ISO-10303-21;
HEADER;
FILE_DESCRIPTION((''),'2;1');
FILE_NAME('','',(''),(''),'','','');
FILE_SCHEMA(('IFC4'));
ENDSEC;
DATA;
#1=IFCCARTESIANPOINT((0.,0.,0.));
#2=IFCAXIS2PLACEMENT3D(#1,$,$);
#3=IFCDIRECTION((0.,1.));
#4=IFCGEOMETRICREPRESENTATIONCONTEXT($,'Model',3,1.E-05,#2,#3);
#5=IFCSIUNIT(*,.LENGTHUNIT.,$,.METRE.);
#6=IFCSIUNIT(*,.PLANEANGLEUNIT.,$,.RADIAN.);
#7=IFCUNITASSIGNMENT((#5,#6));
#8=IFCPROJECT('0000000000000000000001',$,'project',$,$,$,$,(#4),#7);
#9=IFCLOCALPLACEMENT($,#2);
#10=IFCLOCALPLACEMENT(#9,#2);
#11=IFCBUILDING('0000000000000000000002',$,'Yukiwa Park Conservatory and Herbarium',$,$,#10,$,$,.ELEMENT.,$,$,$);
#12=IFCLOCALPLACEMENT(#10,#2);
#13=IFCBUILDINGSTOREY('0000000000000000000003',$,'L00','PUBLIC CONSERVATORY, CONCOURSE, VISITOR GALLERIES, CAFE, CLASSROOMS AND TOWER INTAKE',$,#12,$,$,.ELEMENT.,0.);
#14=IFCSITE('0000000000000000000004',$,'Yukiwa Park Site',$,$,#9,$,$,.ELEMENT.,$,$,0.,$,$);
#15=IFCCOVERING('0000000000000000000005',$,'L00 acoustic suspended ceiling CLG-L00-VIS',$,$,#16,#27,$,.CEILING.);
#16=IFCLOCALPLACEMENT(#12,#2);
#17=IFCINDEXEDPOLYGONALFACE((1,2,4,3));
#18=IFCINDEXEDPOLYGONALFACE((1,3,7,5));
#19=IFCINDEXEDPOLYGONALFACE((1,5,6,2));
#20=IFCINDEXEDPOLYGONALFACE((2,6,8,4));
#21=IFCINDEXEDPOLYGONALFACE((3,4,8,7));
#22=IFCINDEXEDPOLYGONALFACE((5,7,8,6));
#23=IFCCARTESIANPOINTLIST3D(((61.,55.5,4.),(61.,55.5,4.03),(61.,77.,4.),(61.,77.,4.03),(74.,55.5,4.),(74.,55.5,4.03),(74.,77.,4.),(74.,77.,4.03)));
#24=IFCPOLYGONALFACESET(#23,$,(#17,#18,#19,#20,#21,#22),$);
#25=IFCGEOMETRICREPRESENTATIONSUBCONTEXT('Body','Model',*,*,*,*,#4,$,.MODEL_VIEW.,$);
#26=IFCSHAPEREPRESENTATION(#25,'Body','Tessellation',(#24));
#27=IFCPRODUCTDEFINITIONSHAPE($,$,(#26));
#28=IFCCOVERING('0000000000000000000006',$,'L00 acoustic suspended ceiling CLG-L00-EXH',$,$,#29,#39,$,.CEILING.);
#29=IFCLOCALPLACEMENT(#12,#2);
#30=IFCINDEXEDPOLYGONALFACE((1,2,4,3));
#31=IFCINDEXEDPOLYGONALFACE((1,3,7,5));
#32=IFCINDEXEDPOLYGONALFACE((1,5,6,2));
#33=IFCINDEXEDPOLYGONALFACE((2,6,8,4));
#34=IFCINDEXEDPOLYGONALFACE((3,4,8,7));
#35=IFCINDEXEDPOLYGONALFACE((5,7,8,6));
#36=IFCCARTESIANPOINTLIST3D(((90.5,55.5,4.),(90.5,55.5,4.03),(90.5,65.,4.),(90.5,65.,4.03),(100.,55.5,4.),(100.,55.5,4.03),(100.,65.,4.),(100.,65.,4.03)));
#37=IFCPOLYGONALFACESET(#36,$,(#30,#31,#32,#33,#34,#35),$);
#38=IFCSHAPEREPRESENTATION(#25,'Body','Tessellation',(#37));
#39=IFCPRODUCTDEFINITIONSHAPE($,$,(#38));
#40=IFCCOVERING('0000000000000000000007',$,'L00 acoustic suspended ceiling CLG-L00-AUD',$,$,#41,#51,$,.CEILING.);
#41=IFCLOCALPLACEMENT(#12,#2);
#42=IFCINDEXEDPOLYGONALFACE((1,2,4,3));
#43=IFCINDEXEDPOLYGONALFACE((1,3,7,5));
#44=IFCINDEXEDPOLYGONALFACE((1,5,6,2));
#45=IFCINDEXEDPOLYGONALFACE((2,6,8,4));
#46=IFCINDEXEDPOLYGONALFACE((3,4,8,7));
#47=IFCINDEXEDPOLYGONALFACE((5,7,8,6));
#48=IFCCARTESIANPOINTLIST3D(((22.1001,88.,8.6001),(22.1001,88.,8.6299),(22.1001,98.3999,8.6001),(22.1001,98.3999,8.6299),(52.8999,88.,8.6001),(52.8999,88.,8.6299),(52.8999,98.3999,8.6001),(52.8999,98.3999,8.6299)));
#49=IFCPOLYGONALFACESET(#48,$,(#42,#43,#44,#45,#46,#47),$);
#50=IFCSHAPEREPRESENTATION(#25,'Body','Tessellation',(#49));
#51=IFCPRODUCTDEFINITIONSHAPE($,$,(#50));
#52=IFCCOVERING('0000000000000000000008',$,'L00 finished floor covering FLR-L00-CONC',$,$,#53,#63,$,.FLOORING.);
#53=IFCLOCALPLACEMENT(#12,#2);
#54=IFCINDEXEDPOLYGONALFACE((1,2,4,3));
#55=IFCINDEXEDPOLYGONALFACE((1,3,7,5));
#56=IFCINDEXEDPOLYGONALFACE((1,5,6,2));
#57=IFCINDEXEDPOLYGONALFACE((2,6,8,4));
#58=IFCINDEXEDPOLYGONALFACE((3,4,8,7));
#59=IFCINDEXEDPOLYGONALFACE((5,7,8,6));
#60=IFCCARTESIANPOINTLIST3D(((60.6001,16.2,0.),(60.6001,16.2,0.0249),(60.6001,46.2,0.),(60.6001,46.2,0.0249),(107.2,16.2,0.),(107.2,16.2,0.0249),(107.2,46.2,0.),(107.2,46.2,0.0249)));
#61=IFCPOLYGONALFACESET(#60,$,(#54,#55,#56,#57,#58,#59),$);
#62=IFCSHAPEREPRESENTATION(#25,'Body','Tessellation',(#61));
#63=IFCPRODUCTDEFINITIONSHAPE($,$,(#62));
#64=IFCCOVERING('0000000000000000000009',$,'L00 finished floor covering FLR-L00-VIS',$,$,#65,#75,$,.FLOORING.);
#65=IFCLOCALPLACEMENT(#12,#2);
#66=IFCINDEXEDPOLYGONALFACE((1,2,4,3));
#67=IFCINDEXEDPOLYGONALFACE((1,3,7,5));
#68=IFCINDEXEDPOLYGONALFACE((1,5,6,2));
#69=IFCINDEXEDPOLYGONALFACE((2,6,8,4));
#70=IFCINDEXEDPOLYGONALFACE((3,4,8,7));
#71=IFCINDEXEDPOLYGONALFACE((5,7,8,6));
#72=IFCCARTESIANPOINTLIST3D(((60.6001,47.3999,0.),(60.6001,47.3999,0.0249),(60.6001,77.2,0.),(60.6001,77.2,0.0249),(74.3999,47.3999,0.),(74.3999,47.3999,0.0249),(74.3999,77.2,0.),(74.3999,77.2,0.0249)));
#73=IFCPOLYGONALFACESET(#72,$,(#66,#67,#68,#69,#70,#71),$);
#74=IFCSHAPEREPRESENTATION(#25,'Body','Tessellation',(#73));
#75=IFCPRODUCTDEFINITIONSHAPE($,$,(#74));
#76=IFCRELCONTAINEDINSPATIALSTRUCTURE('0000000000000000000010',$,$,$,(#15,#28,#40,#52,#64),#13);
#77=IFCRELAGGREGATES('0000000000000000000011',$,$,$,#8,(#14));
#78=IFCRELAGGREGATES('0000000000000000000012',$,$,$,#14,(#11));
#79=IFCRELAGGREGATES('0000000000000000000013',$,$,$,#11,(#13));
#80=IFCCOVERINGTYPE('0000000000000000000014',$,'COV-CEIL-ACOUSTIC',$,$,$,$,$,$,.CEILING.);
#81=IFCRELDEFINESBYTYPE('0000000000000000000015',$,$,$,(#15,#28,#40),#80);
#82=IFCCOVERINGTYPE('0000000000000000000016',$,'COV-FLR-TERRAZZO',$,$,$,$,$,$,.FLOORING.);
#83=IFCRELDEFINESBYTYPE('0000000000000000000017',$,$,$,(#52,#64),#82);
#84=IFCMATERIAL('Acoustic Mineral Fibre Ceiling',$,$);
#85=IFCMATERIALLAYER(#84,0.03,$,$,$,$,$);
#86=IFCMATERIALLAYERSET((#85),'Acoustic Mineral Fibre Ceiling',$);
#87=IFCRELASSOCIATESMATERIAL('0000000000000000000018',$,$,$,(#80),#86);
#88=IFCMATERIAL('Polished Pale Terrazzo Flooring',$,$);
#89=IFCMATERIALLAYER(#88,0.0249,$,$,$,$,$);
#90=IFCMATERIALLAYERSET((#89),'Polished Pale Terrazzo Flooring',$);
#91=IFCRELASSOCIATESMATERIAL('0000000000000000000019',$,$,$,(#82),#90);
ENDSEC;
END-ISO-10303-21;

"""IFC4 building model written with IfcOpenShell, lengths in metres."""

from ifc_helpers import new_model, si_unit, direction, frame, origin, place, context, subcontext, project, spatial, polyline, outline, extrude, material, layer, layer_set, type_object, element, save


model = new_model("IFC4")

# Units and contexts
model_context = context("Model", 3, precision=1e-05, world=origin(), true_north=direction((0.0, 1.0)))
body_context = subcontext(model_context, "Body", "Model", "MODEL_VIEW")
ifc_project = project(units=[si_unit("LENGTHUNIT", "METRE"), si_unit("PLANEANGLEUNIT", "RADIAN")], contexts=[model_context])

# Site, building, storey
site_placement = place(None, origin())
site = spatial("IfcSite", under=ifc_project, at=site_placement, Name="Yukiwa Park Site", CompositionType="ELEMENT", RefElevation=0.0)
building_placement = place(site_placement, origin())
building = spatial("IfcBuilding", under=site, at=building_placement, Name="Yukiwa Park Conservatory and Herbarium", CompositionType="ELEMENT")
storey_placement = place(building_placement, origin())
storey = spatial("IfcBuildingStorey", under=building, at=storey_placement, Name="L00", Description="PUBLIC CONSERVATORY, CONCOURSE, VISITOR GALLERIES, CAFE, CLASSROOMS AND TOWER INTAKE", CompositionType="ELEMENT", Elevation=0.0)

# Coverings
ifc_material_1 = material(Name="Acoustic Mineral Fibre Ceiling")
ifc_layer_1 = layer(ifc_material_1, 0.03)
ifc_layer_set_1 = layer_set([ifc_layer_1], Name="Acoustic Mineral Fibre Ceiling")
covering_type_1 = type_object("IfcCoveringType", Name="COV-CEIL-ACOUSTIC", PredefinedType="CEILING", material=ifc_layer_set_1)
covering_1_placement = place(storey_placement, frame((0.0, 0.0, 4.0)))
element("IfcCovering", 1, at=covering_1_placement, inside=storey, type_object=covering_type_1, Name="L00 acoustic suspended ceiling CLG-L00-VIS", PredefinedType="CEILING", context=body_context, shape_type="SweptSolid", body=[
    extrude(outline(polyline([(61.0, 55.5), (74.0, 55.5), (74.0, 77.0), (61.0, 77.0), (61.0, 55.5)])), origin(), (0.0, 0.0, 1.0), 0.03),
])
covering_2_placement = place(storey_placement, frame((0.0, 0.0, 4.0)))
element("IfcCovering", 2, at=covering_2_placement, inside=storey, type_object=covering_type_1, Name="L00 acoustic suspended ceiling CLG-L00-EXH", PredefinedType="CEILING", context=body_context, shape_type="SweptSolid", body=[
    extrude(outline(polyline([(90.5, 55.5), (100.0, 55.5), (100.0, 65.0), (90.5, 65.0), (90.5, 55.5)])), origin(), (0.0, 0.0, 1.0), 0.03),
])
covering_3_placement = place(storey_placement, frame((0.0, 0.0, 8.6001)))
element("IfcCovering", 3, at=covering_3_placement, inside=storey, type_object=covering_type_1, Name="L00 acoustic suspended ceiling CLG-L00-AUD", PredefinedType="CEILING", context=body_context, shape_type="SweptSolid", body=[
    extrude(outline(polyline([(22.1001, 88.0), (52.8999, 88.0), (52.8999, 98.3999), (22.1001, 98.3999), (22.1001, 88.0)])), origin(), (0.0, 0.0, 1.0), 0.0298),
])
ifc_material_2 = material(Name="Polished Pale Terrazzo Flooring")
ifc_layer_2 = layer(ifc_material_2, 0.0249)
ifc_layer_set_2 = layer_set([ifc_layer_2], Name="Polished Pale Terrazzo Flooring")
covering_type_2 = type_object("IfcCoveringType", Name="COV-FLR-TERRAZZO", PredefinedType="FLOORING", material=ifc_layer_set_2)
covering_4_placement = place(storey_placement, origin())
element("IfcCovering", 4, at=covering_4_placement, inside=storey, type_object=covering_type_2, Name="L00 finished floor covering FLR-L00-CONC", PredefinedType="FLOORING", context=body_context, shape_type="SweptSolid", body=[
    extrude(outline(polyline([(60.6001, 16.2), (107.2, 16.2), (107.2, 46.2), (60.6001, 46.2), (60.6001, 16.2)])), origin(), (0.0, 0.0, 1.0), 0.0249),
])
covering_5_placement = place(storey_placement, origin())
element("IfcCovering", 5, at=covering_5_placement, inside=storey, type_object=covering_type_2, Name="L00 finished floor covering FLR-L00-VIS", PredefinedType="FLOORING", context=body_context, shape_type="SweptSolid", body=[
    extrude(outline(polyline([(60.6001, 47.3999), (74.3999, 47.3999), (74.3999, 77.2), (60.6001, 77.2), (60.6001, 47.3999)])), origin(), (0.0, 0.0, 1.0), 0.0249),
])

save(model, "model.ifc")
